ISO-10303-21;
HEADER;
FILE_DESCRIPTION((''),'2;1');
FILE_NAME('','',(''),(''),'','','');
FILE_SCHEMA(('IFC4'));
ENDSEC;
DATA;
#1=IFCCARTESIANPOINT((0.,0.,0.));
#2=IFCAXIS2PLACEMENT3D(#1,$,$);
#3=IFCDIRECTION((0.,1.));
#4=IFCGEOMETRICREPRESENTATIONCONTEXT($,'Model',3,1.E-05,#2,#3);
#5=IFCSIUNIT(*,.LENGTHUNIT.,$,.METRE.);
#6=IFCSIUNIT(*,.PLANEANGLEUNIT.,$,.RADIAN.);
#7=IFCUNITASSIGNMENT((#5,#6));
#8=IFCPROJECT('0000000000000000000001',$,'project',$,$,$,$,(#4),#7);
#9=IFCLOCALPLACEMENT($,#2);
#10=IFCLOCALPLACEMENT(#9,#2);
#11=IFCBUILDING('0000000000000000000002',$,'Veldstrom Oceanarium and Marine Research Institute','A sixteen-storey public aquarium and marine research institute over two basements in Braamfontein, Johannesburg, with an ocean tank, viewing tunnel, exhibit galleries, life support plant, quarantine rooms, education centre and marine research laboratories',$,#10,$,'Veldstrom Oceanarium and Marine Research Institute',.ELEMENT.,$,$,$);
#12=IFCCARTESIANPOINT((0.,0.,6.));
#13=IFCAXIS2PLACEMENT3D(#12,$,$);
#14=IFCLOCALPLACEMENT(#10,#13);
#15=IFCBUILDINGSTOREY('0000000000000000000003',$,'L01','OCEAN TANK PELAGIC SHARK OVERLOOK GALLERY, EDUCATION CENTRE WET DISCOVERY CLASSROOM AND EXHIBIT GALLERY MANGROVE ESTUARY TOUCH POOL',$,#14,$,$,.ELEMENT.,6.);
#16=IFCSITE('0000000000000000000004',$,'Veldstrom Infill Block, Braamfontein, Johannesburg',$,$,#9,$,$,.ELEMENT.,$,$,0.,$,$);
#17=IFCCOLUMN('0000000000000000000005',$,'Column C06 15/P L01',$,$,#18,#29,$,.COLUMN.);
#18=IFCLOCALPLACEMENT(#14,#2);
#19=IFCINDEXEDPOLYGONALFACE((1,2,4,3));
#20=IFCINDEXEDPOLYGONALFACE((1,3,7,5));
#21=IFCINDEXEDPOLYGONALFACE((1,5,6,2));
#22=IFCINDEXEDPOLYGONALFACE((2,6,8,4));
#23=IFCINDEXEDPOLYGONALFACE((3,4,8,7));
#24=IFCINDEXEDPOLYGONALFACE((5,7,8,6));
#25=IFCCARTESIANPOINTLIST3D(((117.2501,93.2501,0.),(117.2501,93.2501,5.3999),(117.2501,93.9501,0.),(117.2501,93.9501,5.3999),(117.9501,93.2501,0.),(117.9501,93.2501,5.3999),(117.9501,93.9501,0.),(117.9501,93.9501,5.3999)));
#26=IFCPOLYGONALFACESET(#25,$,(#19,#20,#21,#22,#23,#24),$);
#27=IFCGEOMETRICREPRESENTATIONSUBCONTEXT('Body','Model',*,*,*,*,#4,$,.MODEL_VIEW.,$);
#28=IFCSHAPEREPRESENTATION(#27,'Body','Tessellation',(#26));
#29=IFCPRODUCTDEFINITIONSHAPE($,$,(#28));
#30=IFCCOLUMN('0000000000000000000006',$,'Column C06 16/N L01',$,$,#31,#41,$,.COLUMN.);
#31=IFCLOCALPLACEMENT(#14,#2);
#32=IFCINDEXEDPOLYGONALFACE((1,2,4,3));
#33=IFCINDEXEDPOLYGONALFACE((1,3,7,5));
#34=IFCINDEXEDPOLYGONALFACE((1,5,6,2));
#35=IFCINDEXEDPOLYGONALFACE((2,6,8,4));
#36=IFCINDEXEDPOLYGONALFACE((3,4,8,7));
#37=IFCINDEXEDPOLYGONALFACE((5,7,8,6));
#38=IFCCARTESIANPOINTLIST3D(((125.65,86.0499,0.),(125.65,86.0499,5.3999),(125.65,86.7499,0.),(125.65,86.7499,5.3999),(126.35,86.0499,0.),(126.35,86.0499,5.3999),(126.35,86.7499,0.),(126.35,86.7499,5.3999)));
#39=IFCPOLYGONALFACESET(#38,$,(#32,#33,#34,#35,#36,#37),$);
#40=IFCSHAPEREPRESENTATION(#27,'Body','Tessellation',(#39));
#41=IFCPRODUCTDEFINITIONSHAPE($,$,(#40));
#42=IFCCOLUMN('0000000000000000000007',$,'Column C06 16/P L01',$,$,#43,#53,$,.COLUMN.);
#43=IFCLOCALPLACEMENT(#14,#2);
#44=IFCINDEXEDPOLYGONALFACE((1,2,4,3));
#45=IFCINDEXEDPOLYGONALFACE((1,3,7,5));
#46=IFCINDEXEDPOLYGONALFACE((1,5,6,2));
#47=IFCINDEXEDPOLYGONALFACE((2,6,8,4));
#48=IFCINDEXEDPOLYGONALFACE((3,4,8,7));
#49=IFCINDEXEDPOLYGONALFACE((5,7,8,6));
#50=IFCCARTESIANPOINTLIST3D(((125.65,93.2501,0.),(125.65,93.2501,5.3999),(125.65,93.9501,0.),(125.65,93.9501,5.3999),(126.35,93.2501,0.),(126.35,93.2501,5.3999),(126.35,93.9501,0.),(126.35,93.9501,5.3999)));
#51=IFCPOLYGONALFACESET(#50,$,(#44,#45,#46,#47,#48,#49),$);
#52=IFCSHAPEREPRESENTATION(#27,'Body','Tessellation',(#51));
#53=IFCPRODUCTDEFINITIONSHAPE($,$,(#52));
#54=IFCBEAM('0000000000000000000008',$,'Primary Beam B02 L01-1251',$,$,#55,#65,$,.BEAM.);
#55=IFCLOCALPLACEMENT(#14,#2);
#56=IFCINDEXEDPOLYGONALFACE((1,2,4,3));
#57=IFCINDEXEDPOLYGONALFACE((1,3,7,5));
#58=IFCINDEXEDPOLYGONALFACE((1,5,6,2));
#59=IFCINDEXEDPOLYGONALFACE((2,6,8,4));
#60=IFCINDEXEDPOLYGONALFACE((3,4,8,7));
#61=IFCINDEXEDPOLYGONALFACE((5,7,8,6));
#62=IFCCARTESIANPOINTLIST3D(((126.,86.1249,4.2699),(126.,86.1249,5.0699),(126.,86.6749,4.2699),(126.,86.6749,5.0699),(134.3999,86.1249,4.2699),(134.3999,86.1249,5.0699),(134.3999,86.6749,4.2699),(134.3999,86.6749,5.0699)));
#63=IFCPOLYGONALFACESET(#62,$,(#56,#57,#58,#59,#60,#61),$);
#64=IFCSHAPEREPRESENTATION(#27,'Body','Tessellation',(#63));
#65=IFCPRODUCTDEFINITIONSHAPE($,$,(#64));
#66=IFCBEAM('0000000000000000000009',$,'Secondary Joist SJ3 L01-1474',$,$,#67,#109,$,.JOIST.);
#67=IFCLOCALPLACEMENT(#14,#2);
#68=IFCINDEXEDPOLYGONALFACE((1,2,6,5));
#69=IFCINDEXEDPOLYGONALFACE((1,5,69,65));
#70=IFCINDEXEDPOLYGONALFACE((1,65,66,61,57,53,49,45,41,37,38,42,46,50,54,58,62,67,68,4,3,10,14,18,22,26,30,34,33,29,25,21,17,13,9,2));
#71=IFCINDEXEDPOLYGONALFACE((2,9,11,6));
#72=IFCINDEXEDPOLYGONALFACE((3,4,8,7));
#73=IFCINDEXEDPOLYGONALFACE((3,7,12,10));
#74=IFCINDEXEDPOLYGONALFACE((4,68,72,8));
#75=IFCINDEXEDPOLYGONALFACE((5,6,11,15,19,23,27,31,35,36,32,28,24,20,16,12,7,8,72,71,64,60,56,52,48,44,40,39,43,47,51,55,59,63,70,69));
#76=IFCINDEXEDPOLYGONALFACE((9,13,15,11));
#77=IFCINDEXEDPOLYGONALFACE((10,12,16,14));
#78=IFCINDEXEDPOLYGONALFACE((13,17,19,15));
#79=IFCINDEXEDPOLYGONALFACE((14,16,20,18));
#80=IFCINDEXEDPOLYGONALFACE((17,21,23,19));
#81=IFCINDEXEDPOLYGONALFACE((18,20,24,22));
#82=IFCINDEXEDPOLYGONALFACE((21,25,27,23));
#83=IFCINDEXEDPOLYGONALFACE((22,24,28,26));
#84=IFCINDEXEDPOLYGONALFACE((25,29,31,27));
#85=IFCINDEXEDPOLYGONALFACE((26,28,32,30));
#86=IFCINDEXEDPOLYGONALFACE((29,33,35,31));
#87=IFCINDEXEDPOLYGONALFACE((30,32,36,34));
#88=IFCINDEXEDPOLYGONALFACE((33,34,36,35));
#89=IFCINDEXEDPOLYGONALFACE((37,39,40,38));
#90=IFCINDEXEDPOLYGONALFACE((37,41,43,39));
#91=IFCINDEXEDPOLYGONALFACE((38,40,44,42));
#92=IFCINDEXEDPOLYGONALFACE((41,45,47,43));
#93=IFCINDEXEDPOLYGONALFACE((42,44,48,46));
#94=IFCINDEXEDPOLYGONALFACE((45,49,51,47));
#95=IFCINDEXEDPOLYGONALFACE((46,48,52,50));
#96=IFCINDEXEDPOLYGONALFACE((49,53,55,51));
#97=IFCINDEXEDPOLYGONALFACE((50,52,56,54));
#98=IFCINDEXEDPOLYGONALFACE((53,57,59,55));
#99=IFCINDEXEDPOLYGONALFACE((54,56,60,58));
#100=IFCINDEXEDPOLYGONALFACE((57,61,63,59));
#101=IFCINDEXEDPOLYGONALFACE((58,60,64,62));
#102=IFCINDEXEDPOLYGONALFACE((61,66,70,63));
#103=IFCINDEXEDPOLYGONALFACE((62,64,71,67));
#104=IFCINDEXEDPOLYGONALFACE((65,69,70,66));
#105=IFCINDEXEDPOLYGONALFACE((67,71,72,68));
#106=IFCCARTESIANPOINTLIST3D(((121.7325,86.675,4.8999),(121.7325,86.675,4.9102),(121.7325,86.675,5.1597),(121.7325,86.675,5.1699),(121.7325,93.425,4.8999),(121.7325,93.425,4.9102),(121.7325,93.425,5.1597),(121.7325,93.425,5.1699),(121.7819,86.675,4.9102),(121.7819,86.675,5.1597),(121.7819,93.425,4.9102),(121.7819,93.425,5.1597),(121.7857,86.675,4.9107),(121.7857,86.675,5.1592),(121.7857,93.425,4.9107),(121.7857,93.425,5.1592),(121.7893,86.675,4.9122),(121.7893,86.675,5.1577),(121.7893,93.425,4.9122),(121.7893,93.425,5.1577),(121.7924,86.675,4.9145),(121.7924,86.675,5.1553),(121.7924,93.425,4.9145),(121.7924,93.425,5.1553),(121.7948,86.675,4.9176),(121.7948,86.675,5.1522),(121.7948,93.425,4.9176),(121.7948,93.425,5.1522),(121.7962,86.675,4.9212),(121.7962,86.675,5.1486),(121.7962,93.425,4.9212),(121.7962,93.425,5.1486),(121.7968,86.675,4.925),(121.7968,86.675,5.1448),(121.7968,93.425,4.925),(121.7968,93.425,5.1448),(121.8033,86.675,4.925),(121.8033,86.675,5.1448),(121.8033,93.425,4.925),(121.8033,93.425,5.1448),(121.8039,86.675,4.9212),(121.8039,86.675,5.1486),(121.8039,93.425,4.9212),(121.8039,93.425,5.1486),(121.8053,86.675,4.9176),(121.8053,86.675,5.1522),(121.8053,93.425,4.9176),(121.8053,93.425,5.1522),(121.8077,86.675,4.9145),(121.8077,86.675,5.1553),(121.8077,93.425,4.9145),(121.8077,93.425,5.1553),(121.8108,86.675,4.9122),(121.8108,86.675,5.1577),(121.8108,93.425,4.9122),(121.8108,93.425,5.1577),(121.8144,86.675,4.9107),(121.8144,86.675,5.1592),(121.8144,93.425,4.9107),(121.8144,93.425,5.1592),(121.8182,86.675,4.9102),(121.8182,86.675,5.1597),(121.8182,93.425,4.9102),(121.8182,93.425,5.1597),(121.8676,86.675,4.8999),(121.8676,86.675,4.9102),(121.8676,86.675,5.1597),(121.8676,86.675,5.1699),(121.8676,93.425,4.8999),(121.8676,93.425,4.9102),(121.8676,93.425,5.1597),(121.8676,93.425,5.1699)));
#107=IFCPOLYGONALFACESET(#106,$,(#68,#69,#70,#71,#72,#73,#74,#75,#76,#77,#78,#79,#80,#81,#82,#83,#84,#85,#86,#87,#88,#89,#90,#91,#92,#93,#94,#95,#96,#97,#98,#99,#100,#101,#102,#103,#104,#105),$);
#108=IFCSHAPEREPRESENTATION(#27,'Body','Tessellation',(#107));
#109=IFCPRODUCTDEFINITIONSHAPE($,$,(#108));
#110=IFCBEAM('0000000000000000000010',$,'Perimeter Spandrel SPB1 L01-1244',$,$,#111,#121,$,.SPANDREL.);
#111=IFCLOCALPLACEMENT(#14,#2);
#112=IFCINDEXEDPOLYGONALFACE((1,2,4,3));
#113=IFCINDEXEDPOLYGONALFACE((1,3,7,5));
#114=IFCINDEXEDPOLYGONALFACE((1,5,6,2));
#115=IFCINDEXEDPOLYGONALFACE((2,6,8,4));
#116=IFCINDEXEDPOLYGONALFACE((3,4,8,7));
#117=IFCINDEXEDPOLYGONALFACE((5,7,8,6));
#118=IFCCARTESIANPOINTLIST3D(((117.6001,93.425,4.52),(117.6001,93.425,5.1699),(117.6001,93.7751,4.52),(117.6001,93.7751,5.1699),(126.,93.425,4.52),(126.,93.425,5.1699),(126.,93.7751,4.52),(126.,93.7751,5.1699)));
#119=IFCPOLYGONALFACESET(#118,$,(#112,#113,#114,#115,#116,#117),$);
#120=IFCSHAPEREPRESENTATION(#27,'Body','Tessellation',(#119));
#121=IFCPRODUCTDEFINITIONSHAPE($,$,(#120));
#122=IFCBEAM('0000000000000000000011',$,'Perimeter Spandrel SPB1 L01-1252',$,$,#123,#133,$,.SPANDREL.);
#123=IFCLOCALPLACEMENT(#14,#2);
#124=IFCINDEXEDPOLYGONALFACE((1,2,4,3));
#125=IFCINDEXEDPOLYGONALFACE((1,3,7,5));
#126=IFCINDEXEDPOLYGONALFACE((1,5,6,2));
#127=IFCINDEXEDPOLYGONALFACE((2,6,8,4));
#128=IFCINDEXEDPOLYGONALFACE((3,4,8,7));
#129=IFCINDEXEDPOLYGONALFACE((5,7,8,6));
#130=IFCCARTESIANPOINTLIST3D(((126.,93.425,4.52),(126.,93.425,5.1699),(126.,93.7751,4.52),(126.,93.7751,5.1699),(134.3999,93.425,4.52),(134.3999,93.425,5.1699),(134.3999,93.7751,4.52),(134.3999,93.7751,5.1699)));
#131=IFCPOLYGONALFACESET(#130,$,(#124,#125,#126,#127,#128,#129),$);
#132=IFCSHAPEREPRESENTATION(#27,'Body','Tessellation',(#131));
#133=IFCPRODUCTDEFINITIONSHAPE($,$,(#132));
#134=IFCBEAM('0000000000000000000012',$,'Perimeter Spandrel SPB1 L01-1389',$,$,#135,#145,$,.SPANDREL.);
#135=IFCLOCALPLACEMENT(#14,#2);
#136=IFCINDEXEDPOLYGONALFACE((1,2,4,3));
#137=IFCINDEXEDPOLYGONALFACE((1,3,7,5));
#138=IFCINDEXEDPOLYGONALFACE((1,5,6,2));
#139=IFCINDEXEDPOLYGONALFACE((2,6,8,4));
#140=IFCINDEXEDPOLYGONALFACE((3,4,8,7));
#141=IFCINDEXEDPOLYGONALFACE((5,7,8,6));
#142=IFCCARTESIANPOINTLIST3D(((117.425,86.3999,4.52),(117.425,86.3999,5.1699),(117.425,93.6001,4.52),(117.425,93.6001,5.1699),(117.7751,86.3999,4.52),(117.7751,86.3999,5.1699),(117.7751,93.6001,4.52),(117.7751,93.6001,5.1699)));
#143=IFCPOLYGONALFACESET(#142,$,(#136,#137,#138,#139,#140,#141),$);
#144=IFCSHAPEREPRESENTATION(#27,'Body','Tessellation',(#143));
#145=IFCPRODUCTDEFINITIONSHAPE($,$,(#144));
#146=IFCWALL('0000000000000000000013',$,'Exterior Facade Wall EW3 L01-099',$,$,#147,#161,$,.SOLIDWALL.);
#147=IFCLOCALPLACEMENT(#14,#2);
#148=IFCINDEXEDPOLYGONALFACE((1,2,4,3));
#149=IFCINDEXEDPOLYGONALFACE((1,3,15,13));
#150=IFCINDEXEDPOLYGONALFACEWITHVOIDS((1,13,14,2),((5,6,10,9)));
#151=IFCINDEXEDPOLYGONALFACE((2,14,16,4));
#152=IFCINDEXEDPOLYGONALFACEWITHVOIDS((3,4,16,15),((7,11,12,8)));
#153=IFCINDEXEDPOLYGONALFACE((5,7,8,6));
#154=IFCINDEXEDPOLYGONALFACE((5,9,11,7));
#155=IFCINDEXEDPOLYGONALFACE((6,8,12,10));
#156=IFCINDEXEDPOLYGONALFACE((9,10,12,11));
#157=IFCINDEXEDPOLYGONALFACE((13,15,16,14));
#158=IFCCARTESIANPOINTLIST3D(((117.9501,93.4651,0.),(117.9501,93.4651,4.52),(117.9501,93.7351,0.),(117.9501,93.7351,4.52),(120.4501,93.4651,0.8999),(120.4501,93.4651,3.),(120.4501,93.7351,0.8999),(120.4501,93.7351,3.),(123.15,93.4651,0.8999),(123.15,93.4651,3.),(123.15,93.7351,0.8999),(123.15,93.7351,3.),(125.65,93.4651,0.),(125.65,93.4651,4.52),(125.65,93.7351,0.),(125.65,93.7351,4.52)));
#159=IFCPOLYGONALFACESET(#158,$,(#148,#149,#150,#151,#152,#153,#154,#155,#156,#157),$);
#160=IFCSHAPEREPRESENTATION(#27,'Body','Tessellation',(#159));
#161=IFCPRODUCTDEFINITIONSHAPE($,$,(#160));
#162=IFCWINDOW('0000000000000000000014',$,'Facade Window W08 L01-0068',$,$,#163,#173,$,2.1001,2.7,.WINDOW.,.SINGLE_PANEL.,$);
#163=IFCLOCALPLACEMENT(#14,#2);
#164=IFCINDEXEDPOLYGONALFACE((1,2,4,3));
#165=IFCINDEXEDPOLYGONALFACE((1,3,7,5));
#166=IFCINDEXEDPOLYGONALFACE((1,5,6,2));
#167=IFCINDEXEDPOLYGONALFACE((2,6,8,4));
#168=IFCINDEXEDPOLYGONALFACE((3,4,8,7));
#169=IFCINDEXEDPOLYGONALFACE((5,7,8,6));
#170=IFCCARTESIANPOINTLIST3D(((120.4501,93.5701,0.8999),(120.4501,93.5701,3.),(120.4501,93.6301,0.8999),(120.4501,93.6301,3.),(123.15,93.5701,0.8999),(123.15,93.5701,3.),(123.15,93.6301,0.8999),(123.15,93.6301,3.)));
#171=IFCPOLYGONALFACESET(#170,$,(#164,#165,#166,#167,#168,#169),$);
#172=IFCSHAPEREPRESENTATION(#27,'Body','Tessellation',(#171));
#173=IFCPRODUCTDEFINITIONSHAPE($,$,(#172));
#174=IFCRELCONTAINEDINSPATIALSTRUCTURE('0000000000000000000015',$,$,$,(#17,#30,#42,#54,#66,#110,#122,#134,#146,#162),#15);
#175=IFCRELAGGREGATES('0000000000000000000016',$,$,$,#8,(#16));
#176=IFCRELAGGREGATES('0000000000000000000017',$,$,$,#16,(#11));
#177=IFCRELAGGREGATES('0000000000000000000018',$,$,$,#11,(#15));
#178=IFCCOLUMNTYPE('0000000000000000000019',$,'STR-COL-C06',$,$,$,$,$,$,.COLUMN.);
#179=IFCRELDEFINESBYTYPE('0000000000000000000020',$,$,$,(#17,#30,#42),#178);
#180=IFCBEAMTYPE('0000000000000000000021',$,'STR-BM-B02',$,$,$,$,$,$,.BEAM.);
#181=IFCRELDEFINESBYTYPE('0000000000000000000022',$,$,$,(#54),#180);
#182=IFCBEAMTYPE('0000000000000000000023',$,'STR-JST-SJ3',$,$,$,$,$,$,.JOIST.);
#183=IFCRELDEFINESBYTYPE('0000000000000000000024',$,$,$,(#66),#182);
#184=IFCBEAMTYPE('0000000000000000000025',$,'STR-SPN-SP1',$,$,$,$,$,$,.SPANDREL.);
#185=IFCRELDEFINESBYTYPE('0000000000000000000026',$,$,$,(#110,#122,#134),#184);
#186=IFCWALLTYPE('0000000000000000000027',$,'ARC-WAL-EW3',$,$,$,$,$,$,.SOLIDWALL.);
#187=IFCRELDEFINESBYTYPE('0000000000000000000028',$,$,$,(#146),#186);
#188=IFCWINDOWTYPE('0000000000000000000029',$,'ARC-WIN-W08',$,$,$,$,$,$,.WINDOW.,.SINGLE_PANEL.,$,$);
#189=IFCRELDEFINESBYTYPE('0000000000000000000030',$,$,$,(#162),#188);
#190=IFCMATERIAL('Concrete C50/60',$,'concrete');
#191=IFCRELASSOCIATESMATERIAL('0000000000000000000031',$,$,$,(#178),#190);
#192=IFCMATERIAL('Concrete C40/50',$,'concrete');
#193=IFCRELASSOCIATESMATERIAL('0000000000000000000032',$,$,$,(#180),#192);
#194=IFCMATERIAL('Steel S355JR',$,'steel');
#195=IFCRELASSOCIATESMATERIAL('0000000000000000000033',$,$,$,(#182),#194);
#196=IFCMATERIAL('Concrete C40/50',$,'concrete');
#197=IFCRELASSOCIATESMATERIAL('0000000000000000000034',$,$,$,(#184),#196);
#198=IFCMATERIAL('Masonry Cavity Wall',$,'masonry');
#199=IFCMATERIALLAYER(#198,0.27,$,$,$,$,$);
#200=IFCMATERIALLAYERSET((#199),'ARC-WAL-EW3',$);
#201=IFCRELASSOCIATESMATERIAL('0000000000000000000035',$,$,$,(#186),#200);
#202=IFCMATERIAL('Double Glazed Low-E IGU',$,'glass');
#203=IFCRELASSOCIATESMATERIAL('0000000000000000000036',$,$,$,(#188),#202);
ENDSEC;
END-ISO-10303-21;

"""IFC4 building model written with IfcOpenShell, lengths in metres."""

from ifc_helpers import new_model, si_unit, direction, frame, frame_2d, origin, origin_2d, place, context, subcontext, project, spatial, rectangle, i_section, extrude, material, layer, layer_set, material_profile, profile_set, type_object, element, fill, save


model = new_model("IFC4")

# Units and contexts
model_context = context("Model", 3, precision=1e-05, world=origin(), true_north=direction((0.0, 1.0)))
body_context = subcontext(model_context, "Body", "Model", "MODEL_VIEW")
ifc_project = project(units=[si_unit("LENGTHUNIT", "METRE"), si_unit("PLANEANGLEUNIT", "RADIAN")], contexts=[model_context])

# Site, building, storey
site_placement = place(None, origin())
site = spatial("IfcSite", under=ifc_project, at=site_placement, Name="Veldstrom Infill Block, Braamfontein, Johannesburg", CompositionType="ELEMENT", RefElevation=0.0)
building_placement = place(site_placement, origin())
building = spatial("IfcBuilding", under=site, at=building_placement, Name="Veldstrom Oceanarium and Marine Research Institute", Description="A sixteen-storey public aquarium and marine research institute over two basements in Braamfontein, Johannesburg, with an ocean tank, viewing tunnel, exhibit galleries, life support plant, quarantine rooms, education centre and marine research laboratories", LongName="Veldstrom Oceanarium and Marine Research Institute", CompositionType="ELEMENT")
storey_placement = place(building_placement, frame((0.0, 0.0, 6.0)))
storey = spatial("IfcBuildingStorey", under=building, at=storey_placement, Name="L01", Description="OCEAN TANK PELAGIC SHARK OVERLOOK GALLERY, EDUCATION CENTRE WET DISCOVERY CLASSROOM AND EXHIBIT GALLERY MANGROVE ESTUARY TOUCH POOL", CompositionType="ELEMENT", Elevation=6.0)

# Columns
ifc_material_1 = material(Name="Concrete C50/60", Category="concrete")
ifc_material_profile_1 = material_profile(ifc_material_1, rectangle(XDim=0.7, YDim=0.7, at=origin_2d()), Name="RC-COL-700x700")
ifc_profile_set_1 = profile_set([ifc_material_profile_1], Name="Concrete C50/60")
column_type = type_object("IfcColumnType", Name="STR-COL-C06", PredefinedType="COLUMN", material=ifc_profile_set_1)
for number, where, z_axis, x_axis, name in (
    (1, (117.6001, 93.6001, 0.0), (0.0, 0.0, 1.0), (1.0, 0.0, 0.0), "Column C06 15/P L01"),
    (2, (126.0, 86.3999, 0.0), (0.0, 0.0, 1.0), (1.0, 0.0, 0.0), "Column C06 16/N L01"),
    (3, (126.0, 93.6001, 0.0), (0.0, 0.0, 1.0), (1.0, 0.0, 0.0), "Column C06 16/P L01"),
):
    element("IfcColumn", number, at=place(storey_placement, frame(where, z_axis=z_axis, x_axis=x_axis)), inside=storey, type_object=column_type, Name=name, PredefinedType="COLUMN", context=body_context, shape_type="SweptSolid", body=[
        extrude(rectangle(XDim=0.7, YDim=0.7, at=origin_2d()), origin(), (0.0, 0.0, 1.0), 5.3999),
    ])

# Beams
ifc_material_2 = material(Name="Concrete C40/50", Category="concrete")
ifc_material_profile_2 = material_profile(ifc_material_2, rectangle(XDim=0.55, YDim=0.8, at=origin_2d()), Name="RC-BM-550x800")
ifc_profile_set_2 = profile_set([ifc_material_profile_2], Name="Concrete C40/50")
beam_type_1 = type_object("IfcBeamType", Name="STR-BM-B02", PredefinedType="BEAM", material=ifc_profile_set_2)
beam_1_placement = place(storey_placement, frame((126.0, 86.3999, 4.6699), z_axis=(1.0, 0.0, 0.0), x_axis=(0.0, 1.0, 0.0)))
element("IfcBeam", 4, at=beam_1_placement, inside=storey, type_object=beam_type_1, Name="Primary Beam B02 L01-1251", PredefinedType="BEAM", context=body_context, shape_type="SweptSolid", body=[
    extrude(rectangle(XDim=0.55, YDim=0.8, at=origin_2d()), origin(), (0.0, 0.0, 1.0), 8.3999),
])
ifc_material_3 = material(Name="Steel S355JR", Category="steel")
ifc_material_profile_3 = material_profile(ifc_material_3, i_section(OverallWidth=0.135, OverallDepth=0.27, WebThickness=0.0066, FlangeThickness=0.0103, FilletRadius=0.0149, at=origin_2d()), Name="IPE 270")
ifc_profile_set_3 = profile_set([ifc_material_profile_3], Name="Steel S355JR")
beam_type_2 = type_object("IfcBeamType", Name="STR-JST-SJ3", PredefinedType="JOIST", material=ifc_profile_set_3)
beam_2_placement = place(storey_placement, frame((121.8, 86.675, 5.0349), z_axis=(0.0, 1.0, 0.0), x_axis=(-1.0, 0.0, 0.0)))
element("IfcBeam", 5, at=beam_2_placement, inside=storey, type_object=beam_type_2, Name="Secondary Joist SJ3 L01-1474", PredefinedType="JOIST", context=body_context, shape_type="SweptSolid", body=[
    extrude(i_section(OverallWidth=0.135, OverallDepth=0.27, WebThickness=0.0066, FlangeThickness=0.0103, FilletRadius=0.0149, at=origin_2d()), origin(), (0.0, 0.0, 1.0), 6.75),
])
ifc_material_4 = material(Name="Concrete C40/50", Category="concrete")
ifc_material_profile_4 = material_profile(ifc_material_4, rectangle(XDim=0.3501, YDim=0.6499, at=origin_2d()), Name="RC-SPN-350x650")
ifc_profile_set_4 = profile_set([ifc_material_profile_4], Name="Concrete C40/50")
beam_type_3 = type_object("IfcBeamType", Name="STR-SPN-SP1", PredefinedType="SPANDREL", material=ifc_profile_set_4)
for number, where, z_axis, x_axis, name in (
    (6, (117.6001, 93.6001, 4.845), (1.0, 0.0, 0.0), (0.0, 1.0, 0.0), "Perimeter Spandrel SPB1 L01-1244"),
    (7, (126.0, 93.6001, 4.845), (1.0, 0.0, 0.0), (0.0, 1.0, 0.0), "Perimeter Spandrel SPB1 L01-1252"),
):
    element("IfcBeam", number, at=place(storey_placement, frame(where, z_axis=z_axis, x_axis=x_axis)), inside=storey, type_object=beam_type_3, Name=name, PredefinedType="SPANDREL", context=body_context, shape_type="SweptSolid", body=[
        extrude(rectangle(XDim=0.3501, YDim=0.6499, at=origin_2d()), origin(), (0.0, 0.0, 1.0), 8.3999),
    ])
beam_3_placement = place(storey_placement, frame((117.6001, 86.3999, 4.845), z_axis=(0.0, 1.0, 0.0), x_axis=(-1.0, 0.0, 0.0)))
element("IfcBeam", 8, at=beam_3_placement, inside=storey, type_object=beam_type_3, Name="Perimeter Spandrel SPB1 L01-1389", PredefinedType="SPANDREL", context=body_context, shape_type="SweptSolid", body=[
    extrude(rectangle(XDim=0.3501, YDim=0.6499, at=origin_2d()), origin(), (0.0, 0.0, 1.0), 7.2002),
])

# Wall, opening, window
ifc_material_5 = material(Name="Masonry Cavity Wall", Category="masonry")
ifc_layer_1 = layer(ifc_material_5, 0.27)
ifc_layer_set_1 = layer_set([ifc_layer_1], Name="ARC-WAL-EW3")
wall_type_1 = type_object("IfcWallType", Name="ARC-WAL-EW3", PredefinedType="SOLIDWALL", material=ifc_layer_set_1)
wall_1_placement = place(storey_placement, frame((117.95, 93.6001, 0.0), z_axis=(0.0, 0.0, 1.0), x_axis=(1.0, 0.0, 0.0)))
wall_1 = element("IfcWall", 9, at=wall_1_placement, inside=storey, type_object=wall_type_1, Name="Exterior Facade Wall EW3 L01-099", PredefinedType="SOLIDWALL", context=body_context, shape_type="SweptSolid", body=[
    extrude(rectangle(XDim=7.7, YDim=0.27, at=frame_2d((3.8501, 0.0))), origin(), (0.0, 0.0, 1.0), 4.52),
])
opening_1_placement = place(wall_1_placement, frame((2.5, 0.0, 0.8999)))
opening_1 = element("IfcOpeningElement", 10, at=opening_1_placement, cuts=wall_1, PredefinedType="OPENING", context=body_context, shape_type="SweptSolid", body=[
    extrude(rectangle(XDim=2.7, YDim=2.1001, at=frame_2d((1.3501, 1.05))), frame((0.0, 0.145, 0.0), z_axis=(0.0, -1.0, 0.0), x_axis=(1.0, 0.0, 0.0)), (0.0, 0.0, 1.0), 0.29),
])
ifc_material_6 = material(Name="Double Glazed Low-E IGU", Category="glass")
window_type = type_object("IfcWindowType", Name="ARC-WIN-W08", PartitioningType="SINGLE_PANEL", PredefinedType="WINDOW", material=ifc_material_6)
window_1_placement = place(opening_1_placement, origin())
window_1 = element("IfcWindow", 11, at=window_1_placement, inside=storey, type_object=window_type, Name="Facade Window W08 L01-0068", OverallHeight=2.1001, OverallWidth=2.7, PartitioningType="SINGLE_PANEL", PredefinedType="WINDOW", context=body_context, shape_type="SweptSolid", body=[
    extrude(rectangle(XDim=2.7, YDim=2.1001, at=frame_2d((1.3501, 1.05))), frame((0.0, 0.03, 0.0), z_axis=(0.0, -1.0, 0.0), x_axis=(1.0, 0.0, 0.0)), (0.0, 0.0, 1.0), 0.0601),
])
fill(opening_1, window_1)

save(model, "model.ifc")
